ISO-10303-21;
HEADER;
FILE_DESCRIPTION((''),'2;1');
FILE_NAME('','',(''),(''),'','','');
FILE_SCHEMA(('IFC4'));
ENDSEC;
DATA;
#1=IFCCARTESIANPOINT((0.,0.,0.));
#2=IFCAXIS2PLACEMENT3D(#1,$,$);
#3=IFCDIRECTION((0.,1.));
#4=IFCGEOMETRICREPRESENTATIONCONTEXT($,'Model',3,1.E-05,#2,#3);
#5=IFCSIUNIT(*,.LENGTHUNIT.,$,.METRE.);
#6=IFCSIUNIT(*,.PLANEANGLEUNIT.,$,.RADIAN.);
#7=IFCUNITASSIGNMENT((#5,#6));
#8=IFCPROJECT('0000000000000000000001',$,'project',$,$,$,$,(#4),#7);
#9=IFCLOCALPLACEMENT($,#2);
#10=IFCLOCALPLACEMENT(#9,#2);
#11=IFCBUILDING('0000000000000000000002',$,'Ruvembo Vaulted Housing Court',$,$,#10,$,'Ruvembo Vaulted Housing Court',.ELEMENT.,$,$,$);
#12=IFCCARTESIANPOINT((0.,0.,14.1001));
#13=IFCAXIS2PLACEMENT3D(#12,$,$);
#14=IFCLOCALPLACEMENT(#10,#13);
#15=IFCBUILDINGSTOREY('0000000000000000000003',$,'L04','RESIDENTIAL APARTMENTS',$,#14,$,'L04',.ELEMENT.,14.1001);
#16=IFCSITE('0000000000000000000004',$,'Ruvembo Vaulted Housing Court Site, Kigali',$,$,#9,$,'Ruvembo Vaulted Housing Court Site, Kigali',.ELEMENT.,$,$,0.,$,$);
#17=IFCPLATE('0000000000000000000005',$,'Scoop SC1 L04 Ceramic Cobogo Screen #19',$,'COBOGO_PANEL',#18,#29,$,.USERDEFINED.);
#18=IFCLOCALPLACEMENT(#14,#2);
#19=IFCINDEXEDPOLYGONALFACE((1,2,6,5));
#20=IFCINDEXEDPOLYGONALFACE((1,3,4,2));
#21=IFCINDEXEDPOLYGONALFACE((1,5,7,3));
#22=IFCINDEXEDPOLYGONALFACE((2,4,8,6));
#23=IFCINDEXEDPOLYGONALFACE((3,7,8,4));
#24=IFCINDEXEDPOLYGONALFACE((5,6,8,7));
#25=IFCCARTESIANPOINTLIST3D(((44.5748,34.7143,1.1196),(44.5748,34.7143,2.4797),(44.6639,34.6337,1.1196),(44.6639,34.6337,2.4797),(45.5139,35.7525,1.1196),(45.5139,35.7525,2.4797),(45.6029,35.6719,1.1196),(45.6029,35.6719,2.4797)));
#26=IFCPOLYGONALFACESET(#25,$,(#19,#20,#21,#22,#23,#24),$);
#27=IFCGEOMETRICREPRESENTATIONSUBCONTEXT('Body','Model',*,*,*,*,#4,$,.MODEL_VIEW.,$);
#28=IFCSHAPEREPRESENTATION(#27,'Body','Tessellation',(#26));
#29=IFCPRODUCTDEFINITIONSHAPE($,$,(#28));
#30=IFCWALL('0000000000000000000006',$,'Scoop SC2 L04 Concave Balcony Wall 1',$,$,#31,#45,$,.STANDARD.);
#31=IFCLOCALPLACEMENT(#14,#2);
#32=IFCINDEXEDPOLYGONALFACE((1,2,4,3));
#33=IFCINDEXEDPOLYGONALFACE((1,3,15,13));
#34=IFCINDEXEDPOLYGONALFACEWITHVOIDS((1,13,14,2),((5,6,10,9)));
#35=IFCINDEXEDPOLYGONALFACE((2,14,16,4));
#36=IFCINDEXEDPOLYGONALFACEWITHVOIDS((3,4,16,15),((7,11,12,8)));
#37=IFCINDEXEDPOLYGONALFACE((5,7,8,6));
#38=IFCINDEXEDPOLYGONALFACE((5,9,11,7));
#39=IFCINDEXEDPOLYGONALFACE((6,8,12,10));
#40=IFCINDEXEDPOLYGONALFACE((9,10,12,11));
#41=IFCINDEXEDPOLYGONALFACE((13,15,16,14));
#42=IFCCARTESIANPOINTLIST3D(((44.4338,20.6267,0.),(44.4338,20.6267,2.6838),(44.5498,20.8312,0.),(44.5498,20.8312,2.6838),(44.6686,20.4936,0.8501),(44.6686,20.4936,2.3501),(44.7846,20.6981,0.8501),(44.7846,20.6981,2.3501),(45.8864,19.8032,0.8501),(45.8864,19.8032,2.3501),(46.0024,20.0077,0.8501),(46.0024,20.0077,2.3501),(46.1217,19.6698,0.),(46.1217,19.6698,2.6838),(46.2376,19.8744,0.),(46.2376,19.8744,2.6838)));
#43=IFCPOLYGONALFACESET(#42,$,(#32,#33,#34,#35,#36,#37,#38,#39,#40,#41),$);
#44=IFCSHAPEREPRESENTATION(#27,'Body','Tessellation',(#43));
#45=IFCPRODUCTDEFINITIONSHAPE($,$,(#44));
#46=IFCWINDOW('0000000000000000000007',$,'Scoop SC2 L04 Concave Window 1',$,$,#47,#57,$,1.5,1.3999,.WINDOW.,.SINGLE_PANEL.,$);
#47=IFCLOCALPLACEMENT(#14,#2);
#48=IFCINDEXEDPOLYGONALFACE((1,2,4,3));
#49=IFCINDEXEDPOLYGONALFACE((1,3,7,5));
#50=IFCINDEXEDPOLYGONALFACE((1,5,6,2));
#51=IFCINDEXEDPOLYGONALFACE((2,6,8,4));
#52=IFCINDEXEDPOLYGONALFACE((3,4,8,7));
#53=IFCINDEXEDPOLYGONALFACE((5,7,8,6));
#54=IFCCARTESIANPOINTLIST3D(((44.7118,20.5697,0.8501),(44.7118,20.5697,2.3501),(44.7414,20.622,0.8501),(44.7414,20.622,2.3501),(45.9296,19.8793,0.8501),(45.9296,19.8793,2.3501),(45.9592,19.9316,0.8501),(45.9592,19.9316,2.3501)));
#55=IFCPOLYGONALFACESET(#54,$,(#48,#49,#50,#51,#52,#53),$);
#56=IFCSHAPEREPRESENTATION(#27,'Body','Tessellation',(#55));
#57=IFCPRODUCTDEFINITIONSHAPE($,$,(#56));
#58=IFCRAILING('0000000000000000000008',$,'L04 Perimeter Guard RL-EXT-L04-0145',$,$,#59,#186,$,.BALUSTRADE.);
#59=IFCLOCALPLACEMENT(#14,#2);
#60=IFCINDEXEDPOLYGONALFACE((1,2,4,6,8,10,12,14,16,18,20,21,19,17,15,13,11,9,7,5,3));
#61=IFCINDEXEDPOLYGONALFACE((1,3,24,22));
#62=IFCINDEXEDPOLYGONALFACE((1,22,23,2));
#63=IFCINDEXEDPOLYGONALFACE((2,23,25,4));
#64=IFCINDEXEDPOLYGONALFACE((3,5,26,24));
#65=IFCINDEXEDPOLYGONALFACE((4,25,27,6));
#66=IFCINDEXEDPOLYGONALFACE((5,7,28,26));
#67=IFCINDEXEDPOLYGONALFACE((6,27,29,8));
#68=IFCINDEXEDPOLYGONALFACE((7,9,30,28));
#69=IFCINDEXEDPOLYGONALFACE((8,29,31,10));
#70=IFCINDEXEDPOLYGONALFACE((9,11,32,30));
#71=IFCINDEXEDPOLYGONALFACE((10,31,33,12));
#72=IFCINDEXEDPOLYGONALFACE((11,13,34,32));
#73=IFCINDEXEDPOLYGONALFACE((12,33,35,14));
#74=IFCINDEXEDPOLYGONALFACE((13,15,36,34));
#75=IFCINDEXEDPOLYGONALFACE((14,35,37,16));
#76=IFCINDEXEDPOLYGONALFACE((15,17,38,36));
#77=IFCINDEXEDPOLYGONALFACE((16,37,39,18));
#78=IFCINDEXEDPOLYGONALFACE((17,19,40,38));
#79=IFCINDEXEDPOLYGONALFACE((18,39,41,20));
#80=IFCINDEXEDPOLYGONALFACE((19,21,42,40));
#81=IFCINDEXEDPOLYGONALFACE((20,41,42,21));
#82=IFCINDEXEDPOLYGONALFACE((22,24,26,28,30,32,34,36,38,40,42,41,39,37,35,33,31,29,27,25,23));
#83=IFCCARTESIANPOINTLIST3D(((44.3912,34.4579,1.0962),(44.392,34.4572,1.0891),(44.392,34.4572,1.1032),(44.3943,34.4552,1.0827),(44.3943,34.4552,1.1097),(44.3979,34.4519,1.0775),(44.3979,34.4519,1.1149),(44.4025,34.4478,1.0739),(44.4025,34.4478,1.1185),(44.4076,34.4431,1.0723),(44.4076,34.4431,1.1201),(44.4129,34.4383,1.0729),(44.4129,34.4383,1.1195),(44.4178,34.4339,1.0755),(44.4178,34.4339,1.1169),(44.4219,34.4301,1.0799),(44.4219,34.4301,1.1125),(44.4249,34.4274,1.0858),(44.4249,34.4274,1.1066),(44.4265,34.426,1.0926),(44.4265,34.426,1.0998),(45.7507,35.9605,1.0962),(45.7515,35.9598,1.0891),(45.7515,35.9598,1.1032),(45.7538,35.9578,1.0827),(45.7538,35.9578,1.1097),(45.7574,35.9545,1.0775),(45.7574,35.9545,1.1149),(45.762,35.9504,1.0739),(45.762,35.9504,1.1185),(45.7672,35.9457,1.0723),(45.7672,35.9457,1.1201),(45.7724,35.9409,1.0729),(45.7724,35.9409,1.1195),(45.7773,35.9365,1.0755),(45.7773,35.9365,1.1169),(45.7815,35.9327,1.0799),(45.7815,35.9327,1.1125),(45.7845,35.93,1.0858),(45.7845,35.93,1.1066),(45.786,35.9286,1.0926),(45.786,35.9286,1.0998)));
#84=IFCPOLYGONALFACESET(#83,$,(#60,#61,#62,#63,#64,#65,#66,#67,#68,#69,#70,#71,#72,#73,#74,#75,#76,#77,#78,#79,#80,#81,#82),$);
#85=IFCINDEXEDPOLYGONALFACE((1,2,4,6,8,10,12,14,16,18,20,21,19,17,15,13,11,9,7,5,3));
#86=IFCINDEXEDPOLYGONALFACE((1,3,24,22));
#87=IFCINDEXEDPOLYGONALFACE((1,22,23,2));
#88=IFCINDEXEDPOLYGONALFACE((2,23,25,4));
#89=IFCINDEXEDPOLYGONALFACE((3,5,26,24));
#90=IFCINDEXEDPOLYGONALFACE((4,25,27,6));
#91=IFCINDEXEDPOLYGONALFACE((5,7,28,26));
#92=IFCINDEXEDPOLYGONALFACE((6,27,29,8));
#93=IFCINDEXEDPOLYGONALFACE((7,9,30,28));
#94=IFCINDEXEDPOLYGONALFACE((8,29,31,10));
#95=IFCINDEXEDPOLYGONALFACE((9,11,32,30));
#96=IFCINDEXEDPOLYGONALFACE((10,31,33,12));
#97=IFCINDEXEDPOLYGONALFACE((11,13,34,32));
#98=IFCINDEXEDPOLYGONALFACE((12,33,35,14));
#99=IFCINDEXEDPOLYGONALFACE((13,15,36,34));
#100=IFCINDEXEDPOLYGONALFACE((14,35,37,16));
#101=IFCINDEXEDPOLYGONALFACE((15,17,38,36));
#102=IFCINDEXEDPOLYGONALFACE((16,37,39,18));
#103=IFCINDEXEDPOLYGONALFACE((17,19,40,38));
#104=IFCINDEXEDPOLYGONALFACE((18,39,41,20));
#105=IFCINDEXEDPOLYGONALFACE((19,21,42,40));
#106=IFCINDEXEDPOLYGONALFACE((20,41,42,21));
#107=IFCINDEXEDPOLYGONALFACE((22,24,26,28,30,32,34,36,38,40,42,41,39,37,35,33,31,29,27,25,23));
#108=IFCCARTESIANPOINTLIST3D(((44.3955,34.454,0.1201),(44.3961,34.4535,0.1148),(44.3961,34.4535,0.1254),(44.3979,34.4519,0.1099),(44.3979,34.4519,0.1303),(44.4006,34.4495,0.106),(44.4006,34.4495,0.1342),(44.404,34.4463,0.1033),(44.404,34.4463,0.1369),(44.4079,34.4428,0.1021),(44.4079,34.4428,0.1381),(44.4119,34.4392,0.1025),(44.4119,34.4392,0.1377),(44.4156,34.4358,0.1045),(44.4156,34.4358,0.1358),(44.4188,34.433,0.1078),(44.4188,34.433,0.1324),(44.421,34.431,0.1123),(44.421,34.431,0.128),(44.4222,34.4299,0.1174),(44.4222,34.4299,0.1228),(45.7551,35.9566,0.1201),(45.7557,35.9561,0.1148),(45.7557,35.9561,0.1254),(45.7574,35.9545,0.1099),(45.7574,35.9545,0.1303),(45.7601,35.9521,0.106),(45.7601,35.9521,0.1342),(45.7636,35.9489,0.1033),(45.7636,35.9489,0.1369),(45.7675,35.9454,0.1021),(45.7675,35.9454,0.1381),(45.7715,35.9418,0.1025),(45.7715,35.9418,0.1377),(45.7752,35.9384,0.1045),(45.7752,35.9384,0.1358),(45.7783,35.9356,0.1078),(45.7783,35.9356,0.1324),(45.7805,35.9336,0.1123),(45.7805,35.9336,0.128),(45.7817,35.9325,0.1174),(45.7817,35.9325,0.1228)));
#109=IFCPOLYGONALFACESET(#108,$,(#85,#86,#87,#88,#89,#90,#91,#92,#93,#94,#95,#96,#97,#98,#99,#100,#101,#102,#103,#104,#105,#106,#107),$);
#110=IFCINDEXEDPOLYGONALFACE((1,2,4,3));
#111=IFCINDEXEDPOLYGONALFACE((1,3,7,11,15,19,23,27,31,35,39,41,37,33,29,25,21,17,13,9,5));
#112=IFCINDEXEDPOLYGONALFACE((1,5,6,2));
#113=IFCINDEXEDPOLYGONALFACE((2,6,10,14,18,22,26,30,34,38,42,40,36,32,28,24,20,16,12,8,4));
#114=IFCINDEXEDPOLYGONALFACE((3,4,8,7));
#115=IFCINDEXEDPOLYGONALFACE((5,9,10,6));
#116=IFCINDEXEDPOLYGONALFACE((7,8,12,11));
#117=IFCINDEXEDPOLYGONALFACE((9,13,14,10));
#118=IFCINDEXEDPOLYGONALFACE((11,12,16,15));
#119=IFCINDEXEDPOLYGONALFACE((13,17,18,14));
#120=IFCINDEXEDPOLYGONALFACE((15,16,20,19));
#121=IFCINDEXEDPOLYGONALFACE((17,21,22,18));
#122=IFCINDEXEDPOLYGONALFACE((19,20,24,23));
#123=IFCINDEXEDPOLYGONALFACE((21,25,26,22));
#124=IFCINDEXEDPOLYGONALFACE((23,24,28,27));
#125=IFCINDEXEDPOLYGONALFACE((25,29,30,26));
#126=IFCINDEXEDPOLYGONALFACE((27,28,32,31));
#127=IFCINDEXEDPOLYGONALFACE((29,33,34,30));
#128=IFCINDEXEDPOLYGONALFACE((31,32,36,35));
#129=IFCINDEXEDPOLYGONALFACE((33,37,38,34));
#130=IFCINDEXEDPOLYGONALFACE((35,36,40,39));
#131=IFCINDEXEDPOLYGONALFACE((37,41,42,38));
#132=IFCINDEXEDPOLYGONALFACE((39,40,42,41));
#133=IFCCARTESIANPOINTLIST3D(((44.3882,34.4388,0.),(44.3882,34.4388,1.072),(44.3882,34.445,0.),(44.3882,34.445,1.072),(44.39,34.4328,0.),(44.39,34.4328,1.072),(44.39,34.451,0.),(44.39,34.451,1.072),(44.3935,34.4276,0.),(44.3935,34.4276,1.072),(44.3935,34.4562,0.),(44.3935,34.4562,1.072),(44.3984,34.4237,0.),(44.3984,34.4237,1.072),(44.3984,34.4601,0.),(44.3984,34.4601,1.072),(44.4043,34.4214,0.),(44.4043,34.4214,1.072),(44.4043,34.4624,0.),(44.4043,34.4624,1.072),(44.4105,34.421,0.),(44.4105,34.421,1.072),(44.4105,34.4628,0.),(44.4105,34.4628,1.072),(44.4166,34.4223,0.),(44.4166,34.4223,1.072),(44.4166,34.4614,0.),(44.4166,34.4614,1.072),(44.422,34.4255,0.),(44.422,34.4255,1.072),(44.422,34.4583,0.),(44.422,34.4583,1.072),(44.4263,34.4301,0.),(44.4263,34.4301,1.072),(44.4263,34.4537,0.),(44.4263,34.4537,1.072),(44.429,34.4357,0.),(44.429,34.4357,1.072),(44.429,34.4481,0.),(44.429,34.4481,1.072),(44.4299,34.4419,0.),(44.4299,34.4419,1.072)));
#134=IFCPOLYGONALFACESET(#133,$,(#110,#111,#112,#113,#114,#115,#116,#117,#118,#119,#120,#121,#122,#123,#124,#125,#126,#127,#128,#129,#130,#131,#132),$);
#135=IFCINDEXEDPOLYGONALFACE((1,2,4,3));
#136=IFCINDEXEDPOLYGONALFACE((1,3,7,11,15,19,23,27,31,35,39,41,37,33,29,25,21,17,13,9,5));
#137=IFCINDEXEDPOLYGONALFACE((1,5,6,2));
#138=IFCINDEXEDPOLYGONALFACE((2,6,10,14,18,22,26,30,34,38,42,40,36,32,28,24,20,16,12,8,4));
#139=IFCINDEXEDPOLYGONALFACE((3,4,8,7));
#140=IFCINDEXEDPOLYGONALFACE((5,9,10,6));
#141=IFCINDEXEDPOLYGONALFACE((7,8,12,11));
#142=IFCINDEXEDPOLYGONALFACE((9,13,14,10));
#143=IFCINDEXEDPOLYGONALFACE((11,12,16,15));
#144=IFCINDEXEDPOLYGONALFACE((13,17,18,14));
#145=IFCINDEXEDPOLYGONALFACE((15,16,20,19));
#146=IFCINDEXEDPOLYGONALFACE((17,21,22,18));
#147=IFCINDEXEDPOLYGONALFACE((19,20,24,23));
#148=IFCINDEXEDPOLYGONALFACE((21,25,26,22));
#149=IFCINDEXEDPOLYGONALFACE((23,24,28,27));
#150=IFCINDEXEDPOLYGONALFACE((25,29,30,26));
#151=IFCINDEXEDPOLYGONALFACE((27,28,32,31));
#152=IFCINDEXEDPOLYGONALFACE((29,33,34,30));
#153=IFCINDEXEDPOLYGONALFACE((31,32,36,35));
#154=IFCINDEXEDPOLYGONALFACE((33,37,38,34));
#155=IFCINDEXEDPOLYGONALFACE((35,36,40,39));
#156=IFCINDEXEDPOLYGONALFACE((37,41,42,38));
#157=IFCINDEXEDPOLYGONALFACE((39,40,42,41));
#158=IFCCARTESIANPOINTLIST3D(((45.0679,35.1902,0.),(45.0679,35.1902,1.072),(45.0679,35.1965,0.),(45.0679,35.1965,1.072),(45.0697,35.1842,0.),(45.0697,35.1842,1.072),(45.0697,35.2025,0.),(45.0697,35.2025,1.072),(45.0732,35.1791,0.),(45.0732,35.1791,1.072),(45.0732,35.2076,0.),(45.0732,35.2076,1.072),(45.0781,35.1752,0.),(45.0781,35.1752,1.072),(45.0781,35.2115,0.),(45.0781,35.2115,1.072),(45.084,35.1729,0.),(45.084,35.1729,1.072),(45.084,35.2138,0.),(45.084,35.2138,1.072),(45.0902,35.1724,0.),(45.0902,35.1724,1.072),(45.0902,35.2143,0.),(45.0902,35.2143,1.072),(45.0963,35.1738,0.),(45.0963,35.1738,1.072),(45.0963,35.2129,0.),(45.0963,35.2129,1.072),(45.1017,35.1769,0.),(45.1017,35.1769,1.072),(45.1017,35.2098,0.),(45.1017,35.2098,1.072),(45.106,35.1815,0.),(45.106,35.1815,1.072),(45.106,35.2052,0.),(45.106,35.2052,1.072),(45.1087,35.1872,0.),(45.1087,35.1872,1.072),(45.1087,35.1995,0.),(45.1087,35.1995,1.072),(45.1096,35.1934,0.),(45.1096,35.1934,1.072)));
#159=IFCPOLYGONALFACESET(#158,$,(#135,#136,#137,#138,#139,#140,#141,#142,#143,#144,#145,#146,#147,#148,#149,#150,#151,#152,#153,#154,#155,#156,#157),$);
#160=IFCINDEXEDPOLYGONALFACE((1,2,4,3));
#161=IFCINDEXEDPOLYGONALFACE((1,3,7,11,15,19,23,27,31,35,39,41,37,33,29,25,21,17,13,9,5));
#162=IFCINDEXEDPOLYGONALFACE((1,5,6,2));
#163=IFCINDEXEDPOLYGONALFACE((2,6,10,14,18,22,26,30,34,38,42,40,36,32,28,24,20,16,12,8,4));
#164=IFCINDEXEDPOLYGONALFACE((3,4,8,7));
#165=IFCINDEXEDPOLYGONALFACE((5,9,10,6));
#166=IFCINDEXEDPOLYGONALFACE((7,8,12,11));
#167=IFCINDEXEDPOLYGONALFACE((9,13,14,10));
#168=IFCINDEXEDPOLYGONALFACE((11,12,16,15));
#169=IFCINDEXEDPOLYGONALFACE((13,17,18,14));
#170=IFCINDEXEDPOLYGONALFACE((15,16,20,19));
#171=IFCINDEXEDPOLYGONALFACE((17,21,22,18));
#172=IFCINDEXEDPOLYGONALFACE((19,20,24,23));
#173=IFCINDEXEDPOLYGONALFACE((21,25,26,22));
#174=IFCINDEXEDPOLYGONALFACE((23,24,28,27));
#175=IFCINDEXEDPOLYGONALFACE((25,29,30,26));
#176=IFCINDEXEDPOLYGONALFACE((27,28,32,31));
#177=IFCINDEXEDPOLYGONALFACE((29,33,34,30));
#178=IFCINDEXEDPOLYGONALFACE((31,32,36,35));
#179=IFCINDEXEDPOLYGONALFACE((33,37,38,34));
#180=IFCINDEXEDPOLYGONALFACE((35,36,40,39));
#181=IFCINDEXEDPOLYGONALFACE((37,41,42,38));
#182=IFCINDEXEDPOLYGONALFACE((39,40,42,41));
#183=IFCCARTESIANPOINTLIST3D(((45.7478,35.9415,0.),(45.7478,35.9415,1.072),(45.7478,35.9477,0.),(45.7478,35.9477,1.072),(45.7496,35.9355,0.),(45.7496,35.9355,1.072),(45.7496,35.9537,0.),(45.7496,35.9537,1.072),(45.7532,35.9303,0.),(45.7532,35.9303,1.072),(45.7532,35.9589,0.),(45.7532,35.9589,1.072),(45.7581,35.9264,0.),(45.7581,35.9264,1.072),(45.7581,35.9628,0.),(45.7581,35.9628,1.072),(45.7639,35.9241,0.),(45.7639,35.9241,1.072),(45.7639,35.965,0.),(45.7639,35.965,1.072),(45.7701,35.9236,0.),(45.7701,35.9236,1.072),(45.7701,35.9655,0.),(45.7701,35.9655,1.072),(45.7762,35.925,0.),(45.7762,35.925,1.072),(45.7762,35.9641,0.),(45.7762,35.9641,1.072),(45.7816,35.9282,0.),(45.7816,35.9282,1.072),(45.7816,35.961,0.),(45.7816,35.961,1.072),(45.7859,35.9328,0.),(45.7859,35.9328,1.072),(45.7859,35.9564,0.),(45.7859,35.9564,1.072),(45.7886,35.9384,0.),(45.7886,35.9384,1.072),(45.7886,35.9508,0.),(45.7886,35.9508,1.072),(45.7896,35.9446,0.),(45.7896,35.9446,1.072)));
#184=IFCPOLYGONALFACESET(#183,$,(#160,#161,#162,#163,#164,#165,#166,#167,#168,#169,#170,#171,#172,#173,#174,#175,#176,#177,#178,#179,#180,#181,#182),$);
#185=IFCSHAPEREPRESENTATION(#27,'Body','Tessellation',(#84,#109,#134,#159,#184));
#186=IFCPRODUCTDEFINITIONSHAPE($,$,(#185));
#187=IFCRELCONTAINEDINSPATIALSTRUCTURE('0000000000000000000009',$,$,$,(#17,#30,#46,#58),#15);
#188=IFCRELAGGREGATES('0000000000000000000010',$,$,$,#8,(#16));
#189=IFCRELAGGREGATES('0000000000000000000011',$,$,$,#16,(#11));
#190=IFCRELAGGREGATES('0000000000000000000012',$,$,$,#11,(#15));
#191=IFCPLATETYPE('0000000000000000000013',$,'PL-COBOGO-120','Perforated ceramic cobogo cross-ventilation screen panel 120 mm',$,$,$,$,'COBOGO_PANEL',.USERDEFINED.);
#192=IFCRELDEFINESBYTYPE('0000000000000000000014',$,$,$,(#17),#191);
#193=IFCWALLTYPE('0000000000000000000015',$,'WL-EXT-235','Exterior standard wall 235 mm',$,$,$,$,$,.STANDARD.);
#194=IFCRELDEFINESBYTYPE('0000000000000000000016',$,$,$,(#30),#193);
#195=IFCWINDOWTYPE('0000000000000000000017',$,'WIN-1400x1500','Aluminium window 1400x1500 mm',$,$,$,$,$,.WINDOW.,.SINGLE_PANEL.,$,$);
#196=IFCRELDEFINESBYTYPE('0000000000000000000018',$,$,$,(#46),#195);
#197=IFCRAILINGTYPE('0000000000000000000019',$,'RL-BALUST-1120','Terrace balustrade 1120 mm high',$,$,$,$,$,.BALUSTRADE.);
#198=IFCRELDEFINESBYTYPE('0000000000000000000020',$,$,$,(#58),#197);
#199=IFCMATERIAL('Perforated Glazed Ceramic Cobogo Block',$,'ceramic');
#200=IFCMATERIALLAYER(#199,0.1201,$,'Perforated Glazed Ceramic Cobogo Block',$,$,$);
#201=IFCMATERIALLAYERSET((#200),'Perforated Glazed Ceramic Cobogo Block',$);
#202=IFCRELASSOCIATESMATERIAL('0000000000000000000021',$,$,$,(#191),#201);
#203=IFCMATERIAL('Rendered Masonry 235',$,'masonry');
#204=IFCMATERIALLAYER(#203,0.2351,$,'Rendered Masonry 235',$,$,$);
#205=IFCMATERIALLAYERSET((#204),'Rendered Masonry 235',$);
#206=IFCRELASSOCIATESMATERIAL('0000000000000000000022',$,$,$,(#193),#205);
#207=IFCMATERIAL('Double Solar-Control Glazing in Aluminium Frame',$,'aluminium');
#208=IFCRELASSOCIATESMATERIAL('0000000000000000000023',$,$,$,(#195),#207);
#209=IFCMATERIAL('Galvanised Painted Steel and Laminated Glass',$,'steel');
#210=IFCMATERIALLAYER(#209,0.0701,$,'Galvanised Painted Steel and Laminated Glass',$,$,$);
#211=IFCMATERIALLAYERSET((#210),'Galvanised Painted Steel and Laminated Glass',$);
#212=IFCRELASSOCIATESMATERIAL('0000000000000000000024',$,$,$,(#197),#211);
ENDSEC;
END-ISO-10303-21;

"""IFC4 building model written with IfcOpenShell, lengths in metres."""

from ifc_helpers import new_model, si_unit, direction, frame, frame_2d, origin, origin_2d, place, context, subcontext, project, spatial, rectangle, circle, extrude, material, layer, layer_set, type_object, element, fill, save


model = new_model("IFC4")

# Units and contexts
model_context = context("Model", 3, precision=1e-05, world=origin(), true_north=direction((0.0, 1.0)))
body_context = subcontext(model_context, "Body", "Model", "MODEL_VIEW")
ifc_project = project(units=[si_unit("LENGTHUNIT", "METRE"), si_unit("PLANEANGLEUNIT", "RADIAN")], contexts=[model_context])

# Site, building, storey
site_placement = place(None, origin())
site = spatial("IfcSite", under=ifc_project, at=site_placement, Name="Ruvembo Vaulted Housing Court Site, Kigali", LongName="Ruvembo Vaulted Housing Court Site, Kigali", CompositionType="ELEMENT", RefElevation=0.0)
building_placement = place(site_placement, origin())
building = spatial("IfcBuilding", under=site, at=building_placement, Name="Ruvembo Vaulted Housing Court", LongName="Ruvembo Vaulted Housing Court", CompositionType="ELEMENT")
storey_placement = place(building_placement, frame((0.0, 0.0, 14.1001)))
storey = spatial("IfcBuildingStorey", under=building, at=storey_placement, Name="L04", Description="RESIDENTIAL APARTMENTS", LongName="L04", CompositionType="ELEMENT", Elevation=14.1001)

# Plate
ifc_material_1 = material(Name="Perforated Glazed Ceramic Cobogo Block", Category="ceramic")
ifc_layer_1 = layer(ifc_material_1, 0.1201, Name="Perforated Glazed Ceramic Cobogo Block")
ifc_layer_set_1 = layer_set([ifc_layer_1], Name="Perforated Glazed Ceramic Cobogo Block")
plate_type = type_object("IfcPlateType", Name="PL-COBOGO-120", Description="Perforated ceramic cobogo cross-ventilation screen panel 120 mm", ElementType="COBOGO_PANEL", PredefinedType="USERDEFINED", material=ifc_layer_set_1)
plate_placement = place(storey_placement, frame((45.0889, 35.1931, 1.1196), z_axis=(0.0, 0.0, 1.0), x_axis=(0.670815, 0.741625, 0.0)))
element("IfcPlate", 1, at=plate_placement, inside=storey, type_object=plate_type, Name="Scoop SC1 L04 Ceramic Cobogo Screen #19", ObjectType="COBOGO_PANEL", PredefinedType="USERDEFINED", context=body_context, shape_type="SweptSolid", body=[
    extrude(rectangle(XDim=1.3999, YDim=0.1201, at=origin_2d()), origin(), (0.0, 0.0, 1.0), 1.3601),
])

# Wall, opening, window
ifc_material_2 = material(Name="Rendered Masonry 235", Category="masonry")
ifc_layer_2 = layer(ifc_material_2, 0.2351, Name="Rendered Masonry 235")
ifc_layer_set_2 = layer_set([ifc_layer_2], Name="Rendered Masonry 235")
wall_type = type_object("IfcWallType", Name="WL-EXT-235", Description="Exterior standard wall 235 mm", PredefinedType="STANDARD", material=ifc_layer_set_2)
wall_placement = place(storey_placement, frame((44.4917, 20.729, 0.0), z_axis=(0.0, 0.0, 1.0), x_axis=(0.869934, -0.493168, 0.0)))
wall = element("IfcWall", 2, at=wall_placement, inside=storey, type_object=wall_type, Name="Scoop SC2 L04 Concave Balcony Wall 1", PredefinedType="STANDARD", context=body_context, shape_type="SweptSolid", body=[
    extrude(rectangle(XDim=1.9402, YDim=0.2351, at=frame_2d((0.9702, 0.0))), origin(), (0.0, 0.0, 1.0), 2.6838),
])
opening_placement = place(wall_placement, frame((0.27, 0.0, 0.8501)))
opening = element("IfcOpeningElement", 3, at=opening_placement, cuts=wall, PredefinedType="OPENING", context=body_context, shape_type="SweptSolid", body=[
    extrude(rectangle(XDim=1.3999, YDim=1.5, at=frame_2d((0.7, 0.75))), frame((0.0, 0.1274, 0.0), z_axis=(0.0, -1.0, 0.0), x_axis=(1.0, 0.0, 0.0)), (0.0, 0.0, 1.0), 0.2551),
])
ifc_material_3 = material(Name="Double Solar-Control Glazing in Aluminium Frame", Category="aluminium")
window_type = type_object("IfcWindowType", Name="WIN-1400x1500", Description="Aluminium window 1400x1500 mm", PartitioningType="SINGLE_PANEL", PredefinedType="WINDOW", material=ifc_material_3)
window_placement = place(opening_placement, origin())
window = element("IfcWindow", 4, at=window_placement, inside=storey, type_object=window_type, Name="Scoop SC2 L04 Concave Window 1", OverallHeight=1.5, OverallWidth=1.3999, PartitioningType="SINGLE_PANEL", PredefinedType="WINDOW", context=body_context, shape_type="SweptSolid", body=[
    extrude(rectangle(XDim=1.3999, YDim=1.5, at=frame_2d((0.7, 0.75))), frame((0.0, 0.03, 0.0), z_axis=(0.0, -1.0, 0.0), x_axis=(1.0, 0.0, 0.0)), (0.0, 0.0, 1.0), 0.0601),
])
fill(opening, window)

# Railing
ifc_material_4 = material(Name="Galvanised Painted Steel and Laminated Glass", Category="steel")
ifc_layer_3 = layer(ifc_material_4, 0.0701, Name="Galvanised Painted Steel and Laminated Glass")
ifc_layer_set_3 = layer_set([ifc_layer_3], Name="Galvanised Painted Steel and Laminated Glass")
railing_type_1 = type_object("IfcRailingType", Name="RL-BALUST-1120", Description="Terrace balustrade 1120 mm high", PredefinedType="BALUSTRADE", material=ifc_layer_set_3)
railing_1_placement = place(storey_placement, frame((44.4089, 34.4419, 0.0)))
element("IfcRailing", 5, at=railing_1_placement, inside=storey, type_object=railing_type_1, Name="L04 Perimeter Guard RL-EXT-L04-0145", PredefinedType="BALUSTRADE", context=body_context, shape_type="SweptSolid", body=[
    extrude(circle(Radius=0.0239, at=origin_2d()), frame((0.0, 0.0, 1.0962), z_axis=(0.670926, 0.741524, 0.0), x_axis=(-0.741524, 0.670926, 0.0)), (0.0, 0.0, 1.0), 2.0264),
    extrude(circle(Radius=0.0181, at=origin_2d()), frame((0.0, 0.0, 0.1201), z_axis=(0.670926, 0.741524, 0.0), x_axis=(-0.741524, 0.670926, 0.0)), (0.0, 0.0, 1.0), 2.0264),
    extrude(circle(Radius=0.021, at=origin_2d()), origin(), (0.0, 0.0, 1.0), 1.072),
    extrude(circle(Radius=0.021, at=origin_2d()), frame((0.6797, 0.7515, 0.0)), (0.0, 0.0, 1.0), 1.072),
    extrude(circle(Radius=0.021, at=origin_2d()), frame((1.3596, 1.5027, 0.0)), (0.0, 0.0, 1.0), 1.072),
])

save(model, "model.ifc")
